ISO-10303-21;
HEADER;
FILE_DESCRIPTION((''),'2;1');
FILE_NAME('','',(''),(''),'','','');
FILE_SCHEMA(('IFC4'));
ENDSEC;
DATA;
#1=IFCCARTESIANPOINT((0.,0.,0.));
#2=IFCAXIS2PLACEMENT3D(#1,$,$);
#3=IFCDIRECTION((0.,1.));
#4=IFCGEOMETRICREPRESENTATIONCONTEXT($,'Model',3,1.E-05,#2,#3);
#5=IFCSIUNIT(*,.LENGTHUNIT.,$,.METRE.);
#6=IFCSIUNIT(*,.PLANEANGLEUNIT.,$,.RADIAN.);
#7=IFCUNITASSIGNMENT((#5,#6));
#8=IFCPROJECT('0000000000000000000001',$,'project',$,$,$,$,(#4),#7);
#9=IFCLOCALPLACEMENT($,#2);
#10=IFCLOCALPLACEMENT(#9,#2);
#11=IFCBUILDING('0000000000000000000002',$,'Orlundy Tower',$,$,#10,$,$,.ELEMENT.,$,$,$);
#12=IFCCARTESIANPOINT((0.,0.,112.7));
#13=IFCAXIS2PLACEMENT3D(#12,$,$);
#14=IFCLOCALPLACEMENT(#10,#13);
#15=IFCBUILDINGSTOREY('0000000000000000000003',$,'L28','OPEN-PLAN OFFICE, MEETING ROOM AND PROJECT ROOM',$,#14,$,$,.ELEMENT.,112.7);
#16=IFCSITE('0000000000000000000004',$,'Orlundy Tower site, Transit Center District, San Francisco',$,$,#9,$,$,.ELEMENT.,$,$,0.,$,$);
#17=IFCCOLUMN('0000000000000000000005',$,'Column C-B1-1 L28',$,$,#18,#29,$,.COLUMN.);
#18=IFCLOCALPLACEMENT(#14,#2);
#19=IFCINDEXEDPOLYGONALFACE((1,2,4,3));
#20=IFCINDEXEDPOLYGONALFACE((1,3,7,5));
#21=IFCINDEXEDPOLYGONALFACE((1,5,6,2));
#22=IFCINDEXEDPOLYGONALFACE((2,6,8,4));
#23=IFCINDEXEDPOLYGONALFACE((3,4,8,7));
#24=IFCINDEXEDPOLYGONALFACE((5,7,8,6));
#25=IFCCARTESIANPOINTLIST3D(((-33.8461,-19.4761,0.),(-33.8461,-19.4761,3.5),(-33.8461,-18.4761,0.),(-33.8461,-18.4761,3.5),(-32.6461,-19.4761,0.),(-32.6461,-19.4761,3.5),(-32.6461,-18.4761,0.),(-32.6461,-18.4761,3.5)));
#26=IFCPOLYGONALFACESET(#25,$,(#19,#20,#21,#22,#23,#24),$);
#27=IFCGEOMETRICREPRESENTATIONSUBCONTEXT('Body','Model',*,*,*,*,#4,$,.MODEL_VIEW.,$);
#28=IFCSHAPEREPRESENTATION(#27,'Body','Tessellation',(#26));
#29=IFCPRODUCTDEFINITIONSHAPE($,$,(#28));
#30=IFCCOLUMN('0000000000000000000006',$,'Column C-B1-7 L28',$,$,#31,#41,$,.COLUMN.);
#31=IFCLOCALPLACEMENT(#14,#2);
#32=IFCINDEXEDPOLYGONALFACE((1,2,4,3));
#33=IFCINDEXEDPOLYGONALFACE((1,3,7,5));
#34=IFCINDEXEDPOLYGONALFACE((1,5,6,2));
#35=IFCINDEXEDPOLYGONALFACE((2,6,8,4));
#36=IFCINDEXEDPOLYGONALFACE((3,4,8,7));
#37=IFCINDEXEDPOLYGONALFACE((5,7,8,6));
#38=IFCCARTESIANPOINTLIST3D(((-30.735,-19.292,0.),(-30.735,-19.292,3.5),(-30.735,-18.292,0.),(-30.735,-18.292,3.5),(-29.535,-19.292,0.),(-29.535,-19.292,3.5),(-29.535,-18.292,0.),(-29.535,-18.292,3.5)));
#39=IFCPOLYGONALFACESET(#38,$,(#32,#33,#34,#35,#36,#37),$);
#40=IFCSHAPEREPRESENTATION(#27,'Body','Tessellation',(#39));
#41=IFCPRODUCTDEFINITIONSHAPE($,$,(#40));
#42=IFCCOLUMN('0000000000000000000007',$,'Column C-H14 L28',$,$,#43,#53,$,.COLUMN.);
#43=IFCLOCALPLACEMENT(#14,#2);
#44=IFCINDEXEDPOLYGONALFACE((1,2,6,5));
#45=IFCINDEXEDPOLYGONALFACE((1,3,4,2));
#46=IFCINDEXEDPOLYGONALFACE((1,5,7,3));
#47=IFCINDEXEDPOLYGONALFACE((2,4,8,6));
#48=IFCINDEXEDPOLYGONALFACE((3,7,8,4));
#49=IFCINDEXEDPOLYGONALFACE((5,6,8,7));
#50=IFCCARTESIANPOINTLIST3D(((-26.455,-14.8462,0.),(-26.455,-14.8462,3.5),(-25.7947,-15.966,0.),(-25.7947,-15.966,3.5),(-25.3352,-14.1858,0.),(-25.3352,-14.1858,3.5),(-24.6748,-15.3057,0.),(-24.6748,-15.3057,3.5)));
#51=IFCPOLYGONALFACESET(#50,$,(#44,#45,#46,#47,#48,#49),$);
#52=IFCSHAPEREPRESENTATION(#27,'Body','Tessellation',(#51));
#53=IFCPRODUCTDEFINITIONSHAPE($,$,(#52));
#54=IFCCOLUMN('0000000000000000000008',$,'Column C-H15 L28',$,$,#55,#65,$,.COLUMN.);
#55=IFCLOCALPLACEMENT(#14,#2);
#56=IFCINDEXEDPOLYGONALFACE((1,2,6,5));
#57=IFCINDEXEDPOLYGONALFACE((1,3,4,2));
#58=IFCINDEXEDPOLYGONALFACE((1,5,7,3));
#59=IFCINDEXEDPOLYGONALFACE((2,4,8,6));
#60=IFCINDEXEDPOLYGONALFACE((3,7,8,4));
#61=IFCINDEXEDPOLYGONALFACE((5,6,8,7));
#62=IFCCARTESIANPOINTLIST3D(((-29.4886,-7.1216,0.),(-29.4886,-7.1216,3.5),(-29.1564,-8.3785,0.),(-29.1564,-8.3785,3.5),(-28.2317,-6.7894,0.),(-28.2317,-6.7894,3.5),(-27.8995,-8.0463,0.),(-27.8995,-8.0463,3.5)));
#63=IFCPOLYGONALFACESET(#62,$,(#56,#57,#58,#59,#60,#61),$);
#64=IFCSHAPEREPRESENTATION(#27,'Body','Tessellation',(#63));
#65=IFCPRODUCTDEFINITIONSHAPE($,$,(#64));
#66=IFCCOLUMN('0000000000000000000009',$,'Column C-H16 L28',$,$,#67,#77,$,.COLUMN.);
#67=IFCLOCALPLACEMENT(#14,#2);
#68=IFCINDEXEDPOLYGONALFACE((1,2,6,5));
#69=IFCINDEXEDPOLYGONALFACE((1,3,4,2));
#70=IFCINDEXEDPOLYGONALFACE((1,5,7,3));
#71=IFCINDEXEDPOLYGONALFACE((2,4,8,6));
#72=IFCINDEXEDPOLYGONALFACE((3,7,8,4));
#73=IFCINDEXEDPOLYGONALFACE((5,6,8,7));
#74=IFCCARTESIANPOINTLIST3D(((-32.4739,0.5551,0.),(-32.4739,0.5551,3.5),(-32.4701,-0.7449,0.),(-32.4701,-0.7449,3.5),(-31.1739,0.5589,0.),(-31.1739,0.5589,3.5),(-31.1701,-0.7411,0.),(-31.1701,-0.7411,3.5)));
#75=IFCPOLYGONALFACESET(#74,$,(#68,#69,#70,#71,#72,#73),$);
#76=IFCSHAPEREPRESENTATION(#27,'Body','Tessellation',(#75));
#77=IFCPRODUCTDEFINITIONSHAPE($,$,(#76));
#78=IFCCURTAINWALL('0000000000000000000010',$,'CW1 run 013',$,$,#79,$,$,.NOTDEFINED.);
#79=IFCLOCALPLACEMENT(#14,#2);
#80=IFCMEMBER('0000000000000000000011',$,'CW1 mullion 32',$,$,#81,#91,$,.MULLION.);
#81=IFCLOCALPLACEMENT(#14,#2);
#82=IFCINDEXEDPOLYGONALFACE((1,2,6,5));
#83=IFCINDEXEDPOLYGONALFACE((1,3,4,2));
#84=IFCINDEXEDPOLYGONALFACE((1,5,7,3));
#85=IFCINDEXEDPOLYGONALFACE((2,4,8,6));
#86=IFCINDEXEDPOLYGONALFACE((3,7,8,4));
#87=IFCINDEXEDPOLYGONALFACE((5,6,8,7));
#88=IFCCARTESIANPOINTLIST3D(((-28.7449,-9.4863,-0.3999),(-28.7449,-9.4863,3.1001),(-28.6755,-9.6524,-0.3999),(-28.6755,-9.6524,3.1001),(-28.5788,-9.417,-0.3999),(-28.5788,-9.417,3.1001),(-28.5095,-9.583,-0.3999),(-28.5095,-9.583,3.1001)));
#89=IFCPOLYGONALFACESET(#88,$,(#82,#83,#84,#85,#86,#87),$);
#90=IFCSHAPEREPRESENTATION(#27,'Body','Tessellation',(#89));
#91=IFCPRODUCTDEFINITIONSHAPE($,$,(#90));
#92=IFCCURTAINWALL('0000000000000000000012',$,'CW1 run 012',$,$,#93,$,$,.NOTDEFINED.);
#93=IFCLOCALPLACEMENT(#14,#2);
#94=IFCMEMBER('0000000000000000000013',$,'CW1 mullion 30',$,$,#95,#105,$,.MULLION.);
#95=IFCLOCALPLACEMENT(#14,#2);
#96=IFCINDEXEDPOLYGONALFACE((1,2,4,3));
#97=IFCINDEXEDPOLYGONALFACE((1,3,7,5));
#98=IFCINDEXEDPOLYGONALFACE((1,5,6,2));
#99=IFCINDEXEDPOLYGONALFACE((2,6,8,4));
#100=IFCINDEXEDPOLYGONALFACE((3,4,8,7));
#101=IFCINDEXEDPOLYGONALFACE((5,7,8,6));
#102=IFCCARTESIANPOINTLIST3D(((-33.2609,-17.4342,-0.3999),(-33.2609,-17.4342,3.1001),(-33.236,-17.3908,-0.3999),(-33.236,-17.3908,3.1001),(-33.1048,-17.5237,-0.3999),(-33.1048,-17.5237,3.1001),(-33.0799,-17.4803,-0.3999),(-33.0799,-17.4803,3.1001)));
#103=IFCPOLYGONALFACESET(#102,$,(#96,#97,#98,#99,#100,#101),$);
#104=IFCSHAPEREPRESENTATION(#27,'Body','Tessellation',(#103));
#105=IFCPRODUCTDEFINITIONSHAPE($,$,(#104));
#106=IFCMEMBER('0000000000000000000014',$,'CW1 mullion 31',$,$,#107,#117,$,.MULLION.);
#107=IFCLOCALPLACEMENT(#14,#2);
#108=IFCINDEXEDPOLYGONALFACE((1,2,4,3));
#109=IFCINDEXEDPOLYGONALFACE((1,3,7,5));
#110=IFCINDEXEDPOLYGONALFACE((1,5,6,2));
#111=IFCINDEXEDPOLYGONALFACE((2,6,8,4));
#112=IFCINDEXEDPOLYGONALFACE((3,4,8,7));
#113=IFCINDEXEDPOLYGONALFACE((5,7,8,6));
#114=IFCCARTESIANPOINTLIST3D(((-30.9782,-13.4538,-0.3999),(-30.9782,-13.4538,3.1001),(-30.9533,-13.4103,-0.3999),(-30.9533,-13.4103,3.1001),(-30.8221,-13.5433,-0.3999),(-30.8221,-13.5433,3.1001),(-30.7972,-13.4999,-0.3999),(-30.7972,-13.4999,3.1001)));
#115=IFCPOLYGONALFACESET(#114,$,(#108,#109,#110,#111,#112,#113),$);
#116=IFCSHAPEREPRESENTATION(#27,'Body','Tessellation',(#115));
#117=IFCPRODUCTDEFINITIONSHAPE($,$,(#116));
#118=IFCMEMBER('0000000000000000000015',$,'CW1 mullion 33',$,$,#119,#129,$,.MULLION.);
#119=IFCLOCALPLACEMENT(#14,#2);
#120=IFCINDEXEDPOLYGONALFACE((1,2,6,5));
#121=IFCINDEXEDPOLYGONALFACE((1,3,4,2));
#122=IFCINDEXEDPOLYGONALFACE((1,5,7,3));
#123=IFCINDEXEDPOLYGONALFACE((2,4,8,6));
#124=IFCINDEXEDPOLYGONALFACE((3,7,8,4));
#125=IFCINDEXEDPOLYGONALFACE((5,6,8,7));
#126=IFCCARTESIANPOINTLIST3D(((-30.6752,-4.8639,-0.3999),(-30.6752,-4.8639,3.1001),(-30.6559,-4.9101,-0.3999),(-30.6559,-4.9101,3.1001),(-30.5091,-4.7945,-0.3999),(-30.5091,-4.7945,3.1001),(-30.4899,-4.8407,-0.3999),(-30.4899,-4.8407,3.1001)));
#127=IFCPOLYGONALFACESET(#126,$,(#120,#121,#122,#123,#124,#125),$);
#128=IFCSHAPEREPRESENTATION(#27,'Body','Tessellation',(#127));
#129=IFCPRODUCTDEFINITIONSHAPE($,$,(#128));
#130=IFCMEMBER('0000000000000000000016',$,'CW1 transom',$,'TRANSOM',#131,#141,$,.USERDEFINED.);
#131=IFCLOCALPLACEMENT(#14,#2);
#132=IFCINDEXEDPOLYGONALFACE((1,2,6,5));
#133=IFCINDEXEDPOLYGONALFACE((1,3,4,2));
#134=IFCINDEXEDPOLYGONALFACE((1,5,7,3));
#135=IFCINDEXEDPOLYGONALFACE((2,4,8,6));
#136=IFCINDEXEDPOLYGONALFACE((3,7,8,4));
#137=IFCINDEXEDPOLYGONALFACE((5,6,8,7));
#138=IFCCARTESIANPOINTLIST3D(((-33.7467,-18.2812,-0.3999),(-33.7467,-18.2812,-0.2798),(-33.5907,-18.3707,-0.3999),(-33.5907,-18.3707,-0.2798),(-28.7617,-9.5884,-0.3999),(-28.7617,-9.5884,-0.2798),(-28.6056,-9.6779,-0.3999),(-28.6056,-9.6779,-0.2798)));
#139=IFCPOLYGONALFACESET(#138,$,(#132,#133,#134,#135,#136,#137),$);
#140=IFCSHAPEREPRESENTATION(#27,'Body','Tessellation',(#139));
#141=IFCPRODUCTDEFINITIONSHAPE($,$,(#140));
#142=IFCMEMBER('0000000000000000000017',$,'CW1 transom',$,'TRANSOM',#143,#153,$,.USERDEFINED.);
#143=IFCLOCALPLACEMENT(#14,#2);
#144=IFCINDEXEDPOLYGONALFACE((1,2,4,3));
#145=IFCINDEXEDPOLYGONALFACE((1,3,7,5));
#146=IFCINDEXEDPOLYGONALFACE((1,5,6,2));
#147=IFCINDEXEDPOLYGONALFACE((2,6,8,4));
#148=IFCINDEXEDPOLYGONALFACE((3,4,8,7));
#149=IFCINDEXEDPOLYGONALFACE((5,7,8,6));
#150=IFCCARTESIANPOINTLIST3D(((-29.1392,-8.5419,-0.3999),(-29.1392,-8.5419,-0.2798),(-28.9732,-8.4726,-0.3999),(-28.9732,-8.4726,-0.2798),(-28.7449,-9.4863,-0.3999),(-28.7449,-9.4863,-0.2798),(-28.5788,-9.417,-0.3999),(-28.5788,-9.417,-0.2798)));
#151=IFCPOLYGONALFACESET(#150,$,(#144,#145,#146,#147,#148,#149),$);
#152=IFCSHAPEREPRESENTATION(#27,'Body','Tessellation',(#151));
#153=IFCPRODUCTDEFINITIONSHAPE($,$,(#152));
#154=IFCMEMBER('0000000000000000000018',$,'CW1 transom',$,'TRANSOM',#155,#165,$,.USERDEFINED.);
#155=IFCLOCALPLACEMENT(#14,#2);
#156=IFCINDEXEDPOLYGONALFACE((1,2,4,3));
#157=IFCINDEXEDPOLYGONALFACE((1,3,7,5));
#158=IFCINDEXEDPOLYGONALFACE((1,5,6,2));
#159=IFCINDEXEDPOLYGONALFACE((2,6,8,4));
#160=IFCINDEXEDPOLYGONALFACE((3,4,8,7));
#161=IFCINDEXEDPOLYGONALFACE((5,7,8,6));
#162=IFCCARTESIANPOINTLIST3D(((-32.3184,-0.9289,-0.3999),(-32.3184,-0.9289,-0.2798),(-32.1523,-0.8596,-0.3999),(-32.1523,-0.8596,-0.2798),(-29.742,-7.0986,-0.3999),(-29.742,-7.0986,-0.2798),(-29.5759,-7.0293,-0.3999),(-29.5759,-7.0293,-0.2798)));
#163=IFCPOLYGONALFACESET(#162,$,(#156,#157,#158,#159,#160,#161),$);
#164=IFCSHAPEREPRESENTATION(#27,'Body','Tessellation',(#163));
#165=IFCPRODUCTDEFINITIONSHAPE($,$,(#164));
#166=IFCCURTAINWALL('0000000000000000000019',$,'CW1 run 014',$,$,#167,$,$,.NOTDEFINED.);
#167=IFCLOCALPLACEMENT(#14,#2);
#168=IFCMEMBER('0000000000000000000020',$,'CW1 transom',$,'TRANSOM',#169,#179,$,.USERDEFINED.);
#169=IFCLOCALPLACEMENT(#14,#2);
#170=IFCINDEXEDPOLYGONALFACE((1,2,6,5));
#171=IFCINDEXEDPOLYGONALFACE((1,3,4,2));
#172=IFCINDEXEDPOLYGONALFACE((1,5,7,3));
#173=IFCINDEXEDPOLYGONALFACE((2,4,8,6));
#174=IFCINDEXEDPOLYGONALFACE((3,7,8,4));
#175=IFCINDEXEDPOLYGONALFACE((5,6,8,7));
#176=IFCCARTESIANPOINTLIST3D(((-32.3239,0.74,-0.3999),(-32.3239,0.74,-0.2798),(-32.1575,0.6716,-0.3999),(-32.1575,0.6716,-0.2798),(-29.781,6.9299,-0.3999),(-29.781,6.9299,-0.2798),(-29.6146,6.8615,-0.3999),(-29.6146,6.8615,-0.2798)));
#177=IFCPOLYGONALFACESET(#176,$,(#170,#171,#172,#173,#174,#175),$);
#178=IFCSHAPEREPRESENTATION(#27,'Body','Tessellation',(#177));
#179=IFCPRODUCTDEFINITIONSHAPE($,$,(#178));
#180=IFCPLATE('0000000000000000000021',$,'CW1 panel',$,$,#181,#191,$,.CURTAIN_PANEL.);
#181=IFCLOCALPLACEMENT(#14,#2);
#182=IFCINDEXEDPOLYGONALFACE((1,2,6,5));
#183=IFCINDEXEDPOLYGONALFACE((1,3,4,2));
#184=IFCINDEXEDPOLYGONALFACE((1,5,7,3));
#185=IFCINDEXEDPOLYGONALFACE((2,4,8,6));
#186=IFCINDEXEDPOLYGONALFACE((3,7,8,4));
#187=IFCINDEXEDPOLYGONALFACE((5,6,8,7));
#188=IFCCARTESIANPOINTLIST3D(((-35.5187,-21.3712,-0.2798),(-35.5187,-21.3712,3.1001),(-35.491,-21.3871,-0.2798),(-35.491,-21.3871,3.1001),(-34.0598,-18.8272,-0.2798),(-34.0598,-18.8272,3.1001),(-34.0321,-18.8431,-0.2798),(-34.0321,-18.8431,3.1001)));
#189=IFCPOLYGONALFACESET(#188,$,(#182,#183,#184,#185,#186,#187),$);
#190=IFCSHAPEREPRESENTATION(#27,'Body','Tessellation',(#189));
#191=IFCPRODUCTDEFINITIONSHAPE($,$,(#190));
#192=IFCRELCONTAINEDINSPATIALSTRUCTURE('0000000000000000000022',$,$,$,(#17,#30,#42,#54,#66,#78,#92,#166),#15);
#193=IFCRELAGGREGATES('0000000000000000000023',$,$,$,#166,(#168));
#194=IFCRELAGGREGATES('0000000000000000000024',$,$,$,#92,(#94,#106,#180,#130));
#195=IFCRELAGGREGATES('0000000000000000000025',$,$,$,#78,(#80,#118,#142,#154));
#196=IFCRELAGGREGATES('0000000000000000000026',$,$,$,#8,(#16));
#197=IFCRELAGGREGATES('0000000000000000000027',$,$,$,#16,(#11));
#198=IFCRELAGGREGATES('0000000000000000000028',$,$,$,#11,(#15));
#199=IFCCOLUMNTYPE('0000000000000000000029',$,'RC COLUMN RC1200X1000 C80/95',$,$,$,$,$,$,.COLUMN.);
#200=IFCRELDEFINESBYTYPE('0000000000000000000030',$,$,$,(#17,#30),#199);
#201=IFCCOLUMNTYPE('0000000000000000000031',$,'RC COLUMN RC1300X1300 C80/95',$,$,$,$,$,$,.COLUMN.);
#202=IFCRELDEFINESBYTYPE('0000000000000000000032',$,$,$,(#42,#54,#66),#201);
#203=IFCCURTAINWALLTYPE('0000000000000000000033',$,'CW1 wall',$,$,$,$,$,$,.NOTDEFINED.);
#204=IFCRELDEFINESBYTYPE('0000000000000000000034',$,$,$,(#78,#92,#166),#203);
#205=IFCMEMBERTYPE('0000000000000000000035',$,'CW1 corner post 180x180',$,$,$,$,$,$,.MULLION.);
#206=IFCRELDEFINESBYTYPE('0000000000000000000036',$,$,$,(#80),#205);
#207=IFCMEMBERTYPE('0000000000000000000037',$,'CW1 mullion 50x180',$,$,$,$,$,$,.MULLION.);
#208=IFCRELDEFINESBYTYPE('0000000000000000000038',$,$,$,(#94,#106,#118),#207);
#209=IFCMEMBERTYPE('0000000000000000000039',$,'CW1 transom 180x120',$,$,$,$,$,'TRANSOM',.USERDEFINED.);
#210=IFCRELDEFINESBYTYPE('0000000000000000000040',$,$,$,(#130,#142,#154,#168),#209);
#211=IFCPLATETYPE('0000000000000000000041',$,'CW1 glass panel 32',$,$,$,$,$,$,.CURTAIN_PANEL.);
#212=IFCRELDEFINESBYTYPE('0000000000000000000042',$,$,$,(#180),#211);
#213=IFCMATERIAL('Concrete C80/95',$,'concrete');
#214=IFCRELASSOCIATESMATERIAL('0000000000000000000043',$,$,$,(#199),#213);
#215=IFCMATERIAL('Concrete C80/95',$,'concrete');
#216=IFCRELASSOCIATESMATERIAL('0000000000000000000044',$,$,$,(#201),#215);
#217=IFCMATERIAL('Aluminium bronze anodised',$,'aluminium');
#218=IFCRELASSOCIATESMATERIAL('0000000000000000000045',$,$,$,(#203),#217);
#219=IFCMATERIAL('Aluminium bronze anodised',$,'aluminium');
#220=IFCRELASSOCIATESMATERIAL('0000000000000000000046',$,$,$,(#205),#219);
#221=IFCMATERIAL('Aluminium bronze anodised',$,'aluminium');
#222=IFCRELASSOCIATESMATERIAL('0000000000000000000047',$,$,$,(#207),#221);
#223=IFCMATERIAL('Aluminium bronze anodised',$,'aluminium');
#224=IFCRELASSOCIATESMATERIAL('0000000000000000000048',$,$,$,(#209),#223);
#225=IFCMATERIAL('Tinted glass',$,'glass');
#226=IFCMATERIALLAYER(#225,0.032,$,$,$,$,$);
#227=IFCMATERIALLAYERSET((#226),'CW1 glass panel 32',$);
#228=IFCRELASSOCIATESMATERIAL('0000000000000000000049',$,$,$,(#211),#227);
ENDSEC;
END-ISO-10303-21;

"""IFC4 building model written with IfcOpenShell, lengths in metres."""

from ifc_helpers import new_model, si_unit, direction, frame, origin, origin_2d, place, context, subcontext, project, spatial, rectangle, extrude, material, layer, layer_set, material_profile, profile_set, type_object, element, aggregate, save


model = new_model("IFC4")

# Units and contexts
model_context = context("Model", 3, precision=1e-05, world=origin(), true_north=direction((0.0, 1.0)))
body_context = subcontext(model_context, "Body", "Model", "MODEL_VIEW")
ifc_project = project(units=[si_unit("LENGTHUNIT", "METRE"), si_unit("PLANEANGLEUNIT", "RADIAN")], contexts=[model_context])

# Site, building, storey
site_placement = place(None, origin())
site = spatial("IfcSite", under=ifc_project, at=site_placement, Name="Orlundy Tower site, Transit Center District, San Francisco", CompositionType="ELEMENT", RefElevation=0.0)
building_placement = place(site_placement, origin())
building = spatial("IfcBuilding", under=site, at=building_placement, Name="Orlundy Tower", CompositionType="ELEMENT")
storey_placement = place(building_placement, frame((0.0, 0.0, 112.7)))
storey = spatial("IfcBuildingStorey", under=building, at=storey_placement, Name="L28", Description="OPEN-PLAN OFFICE, MEETING ROOM AND PROJECT ROOM", CompositionType="ELEMENT", Elevation=112.7)

# Columns
ifc_material_1 = material(Name="Concrete C80/95", Category="concrete")
ifc_material_profile_1 = material_profile(ifc_material_1, rectangle(XDim=1.2, YDim=1.0, at=origin_2d()), Name="RC1200X1000")
ifc_profile_set_1 = profile_set([ifc_material_profile_1], Name="Concrete C80/95")
column_type_1 = type_object("IfcColumnType", Name="RC COLUMN RC1200X1000 C80/95", PredefinedType="COLUMN", material=ifc_profile_set_1)
for number, where, z_axis, x_axis, name in (
    (1, (-33.2461, -18.9761, 0.0), (0.0, 0.0, 1.0), (1.0, 0.0, 0.0), "Column C-B1-1 L28"),
    (2, (-30.135, -18.792, 0.0), (0.0, 0.0, 1.0), (1.0, 0.0, 0.0), "Column C-B1-7 L28"),
):
    element("IfcColumn", number, at=place(storey_placement, frame(where, z_axis=z_axis, x_axis=x_axis)), inside=storey, type_object=column_type_1, Name=name, PredefinedType="COLUMN", context=body_context, shape_type="SweptSolid", body=[
        extrude(rectangle(XDim=1.2, YDim=1.0, at=origin_2d()), origin(), (0.0, 0.0, 1.0), 3.5),
    ])
ifc_material_2 = material(Name="Concrete C80/95", Category="concrete")
ifc_material_profile_2 = material_profile(ifc_material_2, rectangle(XDim=1.3, YDim=1.3, at=origin_2d()), Name="RC1300X1300")
ifc_profile_set_2 = profile_set([ifc_material_profile_2], Name="Concrete C80/95")
column_type_2 = type_object("IfcColumnType", Name="RC COLUMN RC1300X1300 C80/95", PredefinedType="COLUMN", material=ifc_profile_set_2)
for number, where, z_axis, x_axis, name in (
    (3, (-25.5649, -15.0759, 0.0), (0.0, 0.0, 1.0), (-0.861381, -0.507959, 0.0), "Column C-H14 L28"),
    (4, (-28.6941, -7.584, 0.0), (0.0, 0.0, 1.0), (-0.966801, -0.25553, 0.0), "Column C-H15 L28"),
    (5, (-31.822, -0.093, 0.0), (0.0, 0.0, 1.0), (-0.999996, -0.002915, 0.0), "Column C-H16 L28"),
):
    element("IfcColumn", number, at=place(storey_placement, frame(where, z_axis=z_axis, x_axis=x_axis)), inside=storey, type_object=column_type_2, Name=name, PredefinedType="COLUMN", context=body_context, shape_type="SweptSolid", body=[
        extrude(rectangle(XDim=1.3, YDim=1.3, at=origin_2d()), origin(), (0.0, 0.0, 1.0), 3.5),
    ])

# Curtain wall, member
ifc_material_3 = material(Name="Aluminium bronze anodised", Category="aluminium")
curtain_wall_type = type_object("IfcCurtainWallType", Name="CW1 wall", PredefinedType="NOTDEFINED", material=ifc_material_3)
curtain_wall_1_placement = place(storey_placement, origin())
curtain_wall_1 = element("IfcCurtainWall", 6, at=curtain_wall_1_placement, inside=storey, type_object=curtain_wall_type, Name="CW1 run 013", PredefinedType="NOTDEFINED")
ifc_material_4 = material(Name="Aluminium bronze anodised", Category="aluminium")
ifc_material_profile_3 = material_profile(ifc_material_4, rectangle(XDim=0.1799, YDim=0.1799, at=origin_2d()), Name="CW1 corner post 180x180")
ifc_profile_set_3 = profile_set([ifc_material_profile_3], Name="Aluminium bronze anodised")
member_type_1 = type_object("IfcMemberType", Name="CW1 corner post 180x180", PredefinedType="MULLION", material=ifc_profile_set_3)
member_1_placement = place(storey_placement, frame((-28.6272, -9.5347, -0.3999), z_axis=(0.0, 0.0, 1.0), x_axis=(-0.922773, -0.385344, 0.0)))
member_1 = element("IfcMember", 7, at=member_1_placement, type_object=member_type_1, Name="CW1 mullion 32", PredefinedType="MULLION", context=body_context, shape_type="SweptSolid", body=[
    extrude(rectangle(XDim=0.1799, YDim=0.1799, at=origin_2d()), origin(), (0.0, 0.0, 1.0), 3.5),
])

# Curtain wall, members
curtain_wall_2_placement = place(storey_placement, origin())
curtain_wall_2 = element("IfcCurtainWall", 8, at=curtain_wall_2_placement, inside=storey, type_object=curtain_wall_type, Name="CW1 run 012", PredefinedType="NOTDEFINED")
ifc_material_5 = material(Name="Aluminium bronze anodised", Category="aluminium")
ifc_material_profile_4 = material_profile(ifc_material_5, rectangle(XDim=0.1799, YDim=0.05, at=origin_2d()), Name="CW1 mullion 50x180")
ifc_profile_set_4 = profile_set([ifc_material_profile_4], Name="Aluminium bronze anodised")
member_type_2 = type_object("IfcMemberType", Name="CW1 mullion 50x180", PredefinedType="MULLION", material=ifc_profile_set_4)
member_2_placement = place(storey_placement, frame((-33.1704, -17.4573, -0.3999), z_axis=(0.0, 0.0, 1.0), x_axis=(-0.867482, 0.497468, 0.0)))
member_2 = element("IfcMember", 9, at=member_2_placement, type_object=member_type_2, Name="CW1 mullion 30", PredefinedType="MULLION", context=body_context, shape_type="SweptSolid", body=[
    extrude(rectangle(XDim=0.1799, YDim=0.05, at=origin_2d()), origin(), (0.0, 0.0, 1.0), 3.5),
])
member_3_placement = place(storey_placement, frame((-30.8877, -13.4768, -0.3999), z_axis=(0.0, 0.0, 1.0), x_axis=(-0.867482, 0.497468, 0.0)))
member_3 = element("IfcMember", 10, at=member_3_placement, type_object=member_type_2, Name="CW1 mullion 31", PredefinedType="MULLION", context=body_context, shape_type="SweptSolid", body=[
    extrude(rectangle(XDim=0.1799, YDim=0.05, at=origin_2d()), origin(), (0.0, 0.0, 1.0), 3.5),
])

# Members
member_4_placement = place(storey_placement, frame((-30.5825, -4.8523, -0.3999), z_axis=(0.0, 0.0, 1.0), x_axis=(-0.922773, -0.385344, 0.0)))
member_4 = element("IfcMember", 11, at=member_4_placement, type_object=member_type_2, Name="CW1 mullion 33", PredefinedType="MULLION", context=body_context, shape_type="SweptSolid", body=[
    extrude(rectangle(XDim=0.1799, YDim=0.05, at=origin_2d()), origin(), (0.0, 0.0, 1.0), 3.5),
])
ifc_material_6 = material(Name="Aluminium bronze anodised", Category="aluminium")
ifc_material_profile_5 = material_profile(ifc_material_6, rectangle(XDim=0.1799, YDim=0.1201, at=origin_2d()), Name="CW1 transom 180x120")
ifc_profile_set_5 = profile_set([ifc_material_profile_5], Name="Aluminium bronze anodised")
member_type_3 = type_object("IfcMemberType", Name="CW1 transom 180x120", ElementType="TRANSOM", PredefinedType="USERDEFINED", material=ifc_profile_set_5)
member_5_placement = place(storey_placement, frame((-33.6687, -18.3259, -0.3398), z_axis=(0.497474, 0.867479, 0.0), x_axis=(-0.867479, 0.497474, 0.0)))
member_5 = element("IfcMember", 12, at=member_5_placement, type_object=member_type_3, Name="CW1 transom", ObjectType="TRANSOM", PredefinedType="USERDEFINED", context=body_context, shape_type="SweptSolid", body=[
    extrude(rectangle(XDim=0.1799, YDim=0.1201, at=origin_2d()), origin(), (0.0, 0.0, 1.0), 10.0208),
])
member_6_placement = place(storey_placement, frame((-28.6619, -9.4517, -0.3398), z_axis=(-0.385293, 0.922794, 0.0), x_axis=(-0.922794, -0.385293, 0.0)))
member_6 = element("IfcMember", 13, at=member_6_placement, type_object=member_type_3, Name="CW1 transom", ObjectType="TRANSOM", PredefinedType="USERDEFINED", context=body_context, shape_type="SweptSolid", body=[
    extrude(rectangle(XDim=0.1799, YDim=0.1201, at=origin_2d()), origin(), (0.0, 0.0, 1.0), 1.0234),
])
member_7_placement = place(storey_placement, frame((-29.6589, -7.064, -0.3398), z_axis=(-0.385344, 0.922773, 0.0), x_axis=(-0.922773, -0.385344, 0.0)))
member_7 = element("IfcMember", 14, at=member_7_placement, type_object=member_type_3, Name="CW1 transom", ObjectType="TRANSOM", PredefinedType="USERDEFINED", context=body_context, shape_type="SweptSolid", body=[
    extrude(rectangle(XDim=0.1799, YDim=0.1201, at=origin_2d()), origin(), (0.0, 0.0, 1.0), 6.686),
])

# Curtain wall, member
curtain_wall_3_placement = place(storey_placement, origin())
curtain_wall_3 = element("IfcCurtainWall", 15, at=curtain_wall_3_placement, inside=storey, type_object=curtain_wall_type, Name="CW1 run 014", PredefinedType="NOTDEFINED")
member_8_placement = place(storey_placement, frame((-32.2407, 0.7058, -0.3398), z_axis=(0.380005, 0.924985, 0.0), x_axis=(-0.924985, 0.380005, 0.0)))
member_8 = element("IfcMember", 16, at=member_8_placement, type_object=member_type_3, Name="CW1 transom", ObjectType="TRANSOM", PredefinedType="USERDEFINED", context=body_context, shape_type="SweptSolid", body=[
    extrude(rectangle(XDim=0.1799, YDim=0.1201, at=origin_2d()), origin(), (0.0, 0.0, 1.0), 6.6919),
])
aggregate(curtain_wall_3, [member_8])

# Plate
ifc_material_7 = material(Name="Tinted glass", Category="glass")
ifc_layer_1 = layer(ifc_material_7, 0.032)
ifc_layer_set_1 = layer_set([ifc_layer_1], Name="CW1 glass panel 32")
plate_type = type_object("IfcPlateType", Name="CW1 glass panel 32", PredefinedType="CURTAIN_PANEL", material=ifc_layer_set_1)
plate_1_placement = place(storey_placement, frame((-34.7754, -20.1072, -0.2798), z_axis=(0.0, 0.0, 1.0), x_axis=(0.497468, 0.867482, 0.0)))
plate_1 = element("IfcPlate", 17, at=plate_1_placement, type_object=plate_type, Name="CW1 panel", PredefinedType="CURTAIN_PANEL", context=body_context, shape_type="SweptSolid", body=[
    extrude(rectangle(XDim=2.9326, YDim=0.032, at=origin_2d()), origin(), (0.0, 0.0, 1.0), 3.3799),
])
aggregate(curtain_wall_2, [member_2, member_3, plate_1, member_5])
aggregate(curtain_wall_1, [member_1, member_4, member_6, member_7])

save(model, "model.ifc")
